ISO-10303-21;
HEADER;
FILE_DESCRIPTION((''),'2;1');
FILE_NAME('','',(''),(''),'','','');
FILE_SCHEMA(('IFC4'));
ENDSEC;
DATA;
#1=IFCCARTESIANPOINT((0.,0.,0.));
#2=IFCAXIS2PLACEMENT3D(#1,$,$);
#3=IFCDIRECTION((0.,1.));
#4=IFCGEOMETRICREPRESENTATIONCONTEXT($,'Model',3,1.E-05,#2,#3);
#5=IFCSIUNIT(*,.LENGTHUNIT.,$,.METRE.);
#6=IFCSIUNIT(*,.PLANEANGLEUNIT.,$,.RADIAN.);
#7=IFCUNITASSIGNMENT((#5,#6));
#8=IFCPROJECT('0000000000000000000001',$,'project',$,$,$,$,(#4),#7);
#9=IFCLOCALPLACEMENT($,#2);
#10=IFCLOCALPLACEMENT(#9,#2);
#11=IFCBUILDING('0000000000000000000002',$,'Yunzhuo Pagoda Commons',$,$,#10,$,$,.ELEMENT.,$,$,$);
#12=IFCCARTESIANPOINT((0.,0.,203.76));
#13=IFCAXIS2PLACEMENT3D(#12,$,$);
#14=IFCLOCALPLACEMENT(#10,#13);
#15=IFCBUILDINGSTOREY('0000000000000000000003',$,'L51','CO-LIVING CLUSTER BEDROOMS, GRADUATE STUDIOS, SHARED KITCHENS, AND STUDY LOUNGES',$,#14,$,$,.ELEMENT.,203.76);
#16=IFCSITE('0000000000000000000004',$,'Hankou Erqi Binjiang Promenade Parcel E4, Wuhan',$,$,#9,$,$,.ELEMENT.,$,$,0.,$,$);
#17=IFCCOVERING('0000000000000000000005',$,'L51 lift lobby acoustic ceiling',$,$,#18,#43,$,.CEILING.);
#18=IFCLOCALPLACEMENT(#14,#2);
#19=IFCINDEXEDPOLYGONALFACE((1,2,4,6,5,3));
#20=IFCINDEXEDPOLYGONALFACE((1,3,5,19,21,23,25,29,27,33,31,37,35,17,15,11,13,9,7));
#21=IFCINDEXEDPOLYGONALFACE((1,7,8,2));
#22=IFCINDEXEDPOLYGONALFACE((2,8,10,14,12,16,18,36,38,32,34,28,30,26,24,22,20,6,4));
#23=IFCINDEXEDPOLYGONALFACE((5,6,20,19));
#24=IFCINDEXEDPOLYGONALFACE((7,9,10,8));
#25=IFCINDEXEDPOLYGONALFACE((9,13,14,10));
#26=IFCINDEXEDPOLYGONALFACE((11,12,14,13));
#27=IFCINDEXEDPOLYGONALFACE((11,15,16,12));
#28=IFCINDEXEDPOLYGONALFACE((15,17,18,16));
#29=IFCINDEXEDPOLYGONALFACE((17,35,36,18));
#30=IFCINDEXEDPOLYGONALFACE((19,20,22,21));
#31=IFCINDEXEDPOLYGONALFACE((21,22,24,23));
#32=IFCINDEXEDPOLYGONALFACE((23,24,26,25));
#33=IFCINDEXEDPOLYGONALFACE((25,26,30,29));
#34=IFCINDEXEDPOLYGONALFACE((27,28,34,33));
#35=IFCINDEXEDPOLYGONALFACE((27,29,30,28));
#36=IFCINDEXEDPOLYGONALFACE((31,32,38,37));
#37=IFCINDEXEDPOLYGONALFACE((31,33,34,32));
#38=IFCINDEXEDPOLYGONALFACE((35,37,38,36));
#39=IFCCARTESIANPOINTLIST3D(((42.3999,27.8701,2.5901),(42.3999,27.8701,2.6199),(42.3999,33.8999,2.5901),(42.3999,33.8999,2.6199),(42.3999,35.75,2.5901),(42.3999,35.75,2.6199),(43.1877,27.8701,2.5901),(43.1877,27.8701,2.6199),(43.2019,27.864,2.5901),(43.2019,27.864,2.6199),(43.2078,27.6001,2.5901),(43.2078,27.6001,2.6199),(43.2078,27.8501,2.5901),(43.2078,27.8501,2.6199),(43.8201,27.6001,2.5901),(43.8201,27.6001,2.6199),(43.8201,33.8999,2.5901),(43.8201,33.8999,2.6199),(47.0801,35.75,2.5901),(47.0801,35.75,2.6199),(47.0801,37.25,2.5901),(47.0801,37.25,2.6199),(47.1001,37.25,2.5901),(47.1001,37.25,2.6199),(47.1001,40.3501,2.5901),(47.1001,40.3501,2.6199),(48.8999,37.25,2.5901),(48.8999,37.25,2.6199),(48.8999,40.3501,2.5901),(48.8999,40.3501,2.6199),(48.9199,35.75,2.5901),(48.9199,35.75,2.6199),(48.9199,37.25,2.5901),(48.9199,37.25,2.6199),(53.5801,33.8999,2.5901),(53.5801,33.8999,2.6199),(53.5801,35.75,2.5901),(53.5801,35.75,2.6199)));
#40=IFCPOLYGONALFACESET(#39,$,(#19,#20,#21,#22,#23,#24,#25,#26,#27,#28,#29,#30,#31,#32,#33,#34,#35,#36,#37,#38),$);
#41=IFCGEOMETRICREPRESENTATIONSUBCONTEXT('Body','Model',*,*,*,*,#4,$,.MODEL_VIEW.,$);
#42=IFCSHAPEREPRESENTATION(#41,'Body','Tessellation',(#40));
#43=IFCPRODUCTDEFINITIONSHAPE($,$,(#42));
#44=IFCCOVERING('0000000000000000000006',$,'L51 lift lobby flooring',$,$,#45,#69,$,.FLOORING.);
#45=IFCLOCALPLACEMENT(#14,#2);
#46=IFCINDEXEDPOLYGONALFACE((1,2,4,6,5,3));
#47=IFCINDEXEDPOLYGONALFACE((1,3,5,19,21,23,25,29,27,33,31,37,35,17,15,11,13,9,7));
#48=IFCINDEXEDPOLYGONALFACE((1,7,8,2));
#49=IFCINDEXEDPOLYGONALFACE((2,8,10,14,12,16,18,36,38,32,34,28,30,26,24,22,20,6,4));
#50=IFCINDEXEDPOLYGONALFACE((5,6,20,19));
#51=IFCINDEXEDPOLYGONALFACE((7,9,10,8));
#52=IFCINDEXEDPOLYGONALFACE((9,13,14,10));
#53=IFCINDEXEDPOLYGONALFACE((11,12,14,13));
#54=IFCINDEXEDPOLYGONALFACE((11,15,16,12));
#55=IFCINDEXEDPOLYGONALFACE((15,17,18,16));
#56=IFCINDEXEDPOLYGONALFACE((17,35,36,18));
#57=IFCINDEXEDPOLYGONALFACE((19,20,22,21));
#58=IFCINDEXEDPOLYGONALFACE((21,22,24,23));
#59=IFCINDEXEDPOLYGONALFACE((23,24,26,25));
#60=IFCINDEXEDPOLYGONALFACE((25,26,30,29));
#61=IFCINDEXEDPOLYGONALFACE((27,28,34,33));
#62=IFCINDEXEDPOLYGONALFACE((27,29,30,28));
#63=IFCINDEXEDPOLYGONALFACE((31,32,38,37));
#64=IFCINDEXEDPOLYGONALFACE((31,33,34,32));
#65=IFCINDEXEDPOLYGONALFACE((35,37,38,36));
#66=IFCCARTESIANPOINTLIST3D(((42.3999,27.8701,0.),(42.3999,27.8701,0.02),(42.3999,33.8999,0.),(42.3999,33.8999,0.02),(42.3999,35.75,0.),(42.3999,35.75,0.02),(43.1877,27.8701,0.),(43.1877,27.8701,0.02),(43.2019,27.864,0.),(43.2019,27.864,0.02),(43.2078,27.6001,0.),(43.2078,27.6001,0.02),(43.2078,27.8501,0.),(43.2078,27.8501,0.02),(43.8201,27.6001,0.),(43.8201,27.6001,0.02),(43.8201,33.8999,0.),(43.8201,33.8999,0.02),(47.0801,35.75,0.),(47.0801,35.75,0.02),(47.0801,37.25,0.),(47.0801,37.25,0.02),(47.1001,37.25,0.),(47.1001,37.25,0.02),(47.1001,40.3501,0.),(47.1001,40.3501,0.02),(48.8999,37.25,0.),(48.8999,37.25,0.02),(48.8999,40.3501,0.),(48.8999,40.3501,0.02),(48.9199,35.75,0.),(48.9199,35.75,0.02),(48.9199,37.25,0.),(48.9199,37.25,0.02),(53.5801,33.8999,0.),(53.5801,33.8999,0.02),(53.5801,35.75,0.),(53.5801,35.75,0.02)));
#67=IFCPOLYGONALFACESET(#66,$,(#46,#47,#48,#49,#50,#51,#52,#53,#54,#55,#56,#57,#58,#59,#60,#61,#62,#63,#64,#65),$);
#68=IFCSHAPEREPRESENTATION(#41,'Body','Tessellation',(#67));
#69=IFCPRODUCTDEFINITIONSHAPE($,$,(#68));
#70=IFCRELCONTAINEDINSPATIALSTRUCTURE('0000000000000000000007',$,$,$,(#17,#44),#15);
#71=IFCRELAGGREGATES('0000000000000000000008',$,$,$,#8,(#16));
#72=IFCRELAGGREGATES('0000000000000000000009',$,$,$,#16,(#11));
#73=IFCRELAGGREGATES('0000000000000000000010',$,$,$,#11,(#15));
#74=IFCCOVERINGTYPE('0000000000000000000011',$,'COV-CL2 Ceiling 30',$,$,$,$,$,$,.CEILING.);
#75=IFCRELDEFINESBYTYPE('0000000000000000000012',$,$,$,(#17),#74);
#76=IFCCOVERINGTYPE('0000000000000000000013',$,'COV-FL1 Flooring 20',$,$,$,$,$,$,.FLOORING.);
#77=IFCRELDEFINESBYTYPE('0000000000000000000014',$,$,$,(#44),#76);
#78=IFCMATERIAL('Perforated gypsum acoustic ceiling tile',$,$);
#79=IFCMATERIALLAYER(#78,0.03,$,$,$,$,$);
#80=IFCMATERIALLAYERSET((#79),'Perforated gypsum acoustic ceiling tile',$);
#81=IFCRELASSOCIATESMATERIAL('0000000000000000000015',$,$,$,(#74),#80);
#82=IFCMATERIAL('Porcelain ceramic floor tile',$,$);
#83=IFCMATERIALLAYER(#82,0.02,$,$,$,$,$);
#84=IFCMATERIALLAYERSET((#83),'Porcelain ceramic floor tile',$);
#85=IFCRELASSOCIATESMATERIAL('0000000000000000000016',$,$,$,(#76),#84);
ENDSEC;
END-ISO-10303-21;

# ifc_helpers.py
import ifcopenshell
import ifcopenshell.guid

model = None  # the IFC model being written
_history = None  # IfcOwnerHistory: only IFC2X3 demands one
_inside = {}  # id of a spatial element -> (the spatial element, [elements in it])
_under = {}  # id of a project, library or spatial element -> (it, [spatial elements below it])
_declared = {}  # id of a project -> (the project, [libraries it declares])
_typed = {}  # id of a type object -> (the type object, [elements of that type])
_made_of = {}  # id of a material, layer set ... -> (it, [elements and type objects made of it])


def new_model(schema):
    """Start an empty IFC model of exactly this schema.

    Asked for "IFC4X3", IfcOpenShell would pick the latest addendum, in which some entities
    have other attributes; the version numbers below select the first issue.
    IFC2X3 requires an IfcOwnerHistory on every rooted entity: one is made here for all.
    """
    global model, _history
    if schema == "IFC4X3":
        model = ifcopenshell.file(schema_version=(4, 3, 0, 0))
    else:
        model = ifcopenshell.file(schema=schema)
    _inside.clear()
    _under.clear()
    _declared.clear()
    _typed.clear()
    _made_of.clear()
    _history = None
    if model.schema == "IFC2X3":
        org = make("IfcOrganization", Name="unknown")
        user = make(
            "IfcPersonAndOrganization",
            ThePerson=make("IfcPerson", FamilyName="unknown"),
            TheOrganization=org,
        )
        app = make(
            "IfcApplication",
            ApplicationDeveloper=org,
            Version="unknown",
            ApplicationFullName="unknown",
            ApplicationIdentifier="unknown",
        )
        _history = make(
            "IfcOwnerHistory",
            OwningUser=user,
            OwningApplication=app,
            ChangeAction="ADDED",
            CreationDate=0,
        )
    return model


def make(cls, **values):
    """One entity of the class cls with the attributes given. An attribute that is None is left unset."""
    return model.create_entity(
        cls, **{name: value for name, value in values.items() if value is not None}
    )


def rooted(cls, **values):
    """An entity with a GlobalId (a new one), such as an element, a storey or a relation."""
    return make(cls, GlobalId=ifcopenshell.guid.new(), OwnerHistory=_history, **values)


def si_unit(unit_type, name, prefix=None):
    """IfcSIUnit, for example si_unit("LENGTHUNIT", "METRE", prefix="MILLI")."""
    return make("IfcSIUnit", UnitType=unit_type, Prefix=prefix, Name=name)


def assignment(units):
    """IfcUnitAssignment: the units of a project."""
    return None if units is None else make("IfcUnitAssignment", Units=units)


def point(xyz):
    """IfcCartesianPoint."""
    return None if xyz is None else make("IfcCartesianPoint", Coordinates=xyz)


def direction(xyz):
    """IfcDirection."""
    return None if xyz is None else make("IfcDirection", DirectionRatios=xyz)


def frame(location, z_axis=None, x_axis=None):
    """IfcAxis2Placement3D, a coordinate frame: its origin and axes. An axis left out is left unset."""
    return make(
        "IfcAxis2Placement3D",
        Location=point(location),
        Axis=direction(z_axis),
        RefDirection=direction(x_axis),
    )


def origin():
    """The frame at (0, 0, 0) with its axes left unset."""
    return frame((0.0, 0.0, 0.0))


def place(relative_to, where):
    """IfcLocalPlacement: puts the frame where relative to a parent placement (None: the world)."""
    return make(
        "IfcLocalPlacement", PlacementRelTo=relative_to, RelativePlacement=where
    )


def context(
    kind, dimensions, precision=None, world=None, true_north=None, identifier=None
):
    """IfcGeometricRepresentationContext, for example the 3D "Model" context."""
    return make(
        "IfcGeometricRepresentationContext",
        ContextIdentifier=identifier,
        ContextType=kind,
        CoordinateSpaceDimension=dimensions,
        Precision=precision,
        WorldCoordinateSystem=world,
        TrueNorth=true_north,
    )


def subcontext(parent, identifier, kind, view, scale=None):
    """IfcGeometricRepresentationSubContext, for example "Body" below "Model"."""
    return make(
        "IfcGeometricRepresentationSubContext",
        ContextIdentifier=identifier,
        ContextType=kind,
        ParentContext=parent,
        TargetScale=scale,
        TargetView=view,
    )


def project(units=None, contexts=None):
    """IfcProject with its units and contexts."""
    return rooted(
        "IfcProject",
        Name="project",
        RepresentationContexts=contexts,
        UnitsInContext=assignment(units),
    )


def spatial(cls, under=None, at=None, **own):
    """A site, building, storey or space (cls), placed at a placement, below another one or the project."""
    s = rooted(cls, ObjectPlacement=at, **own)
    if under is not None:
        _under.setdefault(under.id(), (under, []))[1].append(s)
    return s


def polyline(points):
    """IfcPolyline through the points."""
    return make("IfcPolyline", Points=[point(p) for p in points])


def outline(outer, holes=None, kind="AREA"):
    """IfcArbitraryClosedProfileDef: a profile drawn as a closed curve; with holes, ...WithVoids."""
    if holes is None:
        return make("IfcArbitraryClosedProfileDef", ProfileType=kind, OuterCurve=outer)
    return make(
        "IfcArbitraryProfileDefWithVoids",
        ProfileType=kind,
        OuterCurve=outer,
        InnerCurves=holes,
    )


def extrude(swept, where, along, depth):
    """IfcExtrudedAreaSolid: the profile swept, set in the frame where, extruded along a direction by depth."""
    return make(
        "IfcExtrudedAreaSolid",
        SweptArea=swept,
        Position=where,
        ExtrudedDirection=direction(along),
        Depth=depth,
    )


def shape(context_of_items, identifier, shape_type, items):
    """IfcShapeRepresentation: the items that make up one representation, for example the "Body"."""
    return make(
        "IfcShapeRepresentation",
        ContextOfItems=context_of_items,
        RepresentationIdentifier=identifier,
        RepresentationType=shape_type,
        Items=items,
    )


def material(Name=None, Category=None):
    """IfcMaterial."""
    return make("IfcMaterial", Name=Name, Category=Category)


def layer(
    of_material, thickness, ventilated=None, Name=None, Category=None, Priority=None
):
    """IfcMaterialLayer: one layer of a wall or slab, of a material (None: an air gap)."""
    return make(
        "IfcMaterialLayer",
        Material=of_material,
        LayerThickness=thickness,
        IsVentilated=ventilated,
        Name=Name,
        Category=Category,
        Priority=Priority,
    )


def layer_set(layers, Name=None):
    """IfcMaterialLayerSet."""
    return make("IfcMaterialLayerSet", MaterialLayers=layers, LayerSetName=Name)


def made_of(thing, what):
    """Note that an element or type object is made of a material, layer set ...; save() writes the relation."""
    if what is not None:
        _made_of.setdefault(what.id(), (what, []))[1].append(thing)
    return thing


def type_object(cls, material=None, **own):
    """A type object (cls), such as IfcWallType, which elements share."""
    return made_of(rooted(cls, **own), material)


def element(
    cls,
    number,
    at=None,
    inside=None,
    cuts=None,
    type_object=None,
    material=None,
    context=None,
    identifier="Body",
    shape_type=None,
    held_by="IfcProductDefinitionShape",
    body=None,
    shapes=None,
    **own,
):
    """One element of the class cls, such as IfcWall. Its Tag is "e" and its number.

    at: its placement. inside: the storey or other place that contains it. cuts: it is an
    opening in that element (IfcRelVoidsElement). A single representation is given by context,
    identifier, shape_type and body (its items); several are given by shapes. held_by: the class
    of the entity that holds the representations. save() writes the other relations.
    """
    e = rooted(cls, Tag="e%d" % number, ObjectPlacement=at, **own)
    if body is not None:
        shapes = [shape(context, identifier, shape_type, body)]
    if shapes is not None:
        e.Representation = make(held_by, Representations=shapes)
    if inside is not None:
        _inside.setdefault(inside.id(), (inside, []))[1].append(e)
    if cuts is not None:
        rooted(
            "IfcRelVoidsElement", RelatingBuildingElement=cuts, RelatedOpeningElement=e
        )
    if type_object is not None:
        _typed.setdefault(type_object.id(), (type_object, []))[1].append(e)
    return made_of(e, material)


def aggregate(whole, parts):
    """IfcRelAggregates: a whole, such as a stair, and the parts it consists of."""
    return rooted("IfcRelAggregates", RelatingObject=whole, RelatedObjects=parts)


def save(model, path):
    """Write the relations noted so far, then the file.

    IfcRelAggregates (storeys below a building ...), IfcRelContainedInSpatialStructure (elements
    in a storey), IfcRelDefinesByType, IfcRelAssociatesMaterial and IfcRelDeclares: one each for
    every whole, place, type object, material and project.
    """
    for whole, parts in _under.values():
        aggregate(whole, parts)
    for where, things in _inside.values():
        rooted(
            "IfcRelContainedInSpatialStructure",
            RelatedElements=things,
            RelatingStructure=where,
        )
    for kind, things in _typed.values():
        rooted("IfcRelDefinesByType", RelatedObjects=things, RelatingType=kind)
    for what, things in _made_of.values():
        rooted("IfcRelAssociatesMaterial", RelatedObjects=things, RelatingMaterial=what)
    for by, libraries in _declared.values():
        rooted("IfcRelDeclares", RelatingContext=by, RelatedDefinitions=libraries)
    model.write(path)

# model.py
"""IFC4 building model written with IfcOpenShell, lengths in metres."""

from ifc_helpers import new_model, si_unit, direction, frame, origin, place, context, subcontext, project, spatial, polyline, outline, extrude, material, layer, layer_set, type_object, element, save


model = new_model("IFC4")

# Units and contexts
model_context = context("Model", 3, precision=1e-05, world=origin(), true_north=direction((0.0, 1.0)))
body_context = subcontext(model_context, "Body", "Model", "MODEL_VIEW")
ifc_project = project(units=[si_unit("LENGTHUNIT", "METRE"), si_unit("PLANEANGLEUNIT", "RADIAN")], contexts=[model_context])

# Site, building, storey
site_placement = place(None, origin())
site = spatial("IfcSite", under=ifc_project, at=site_placement, Name="Hankou Erqi Binjiang Promenade Parcel E4, Wuhan", CompositionType="ELEMENT", RefElevation=0.0)
building_placement = place(site_placement, origin())
building = spatial("IfcBuilding", under=site, at=building_placement, Name="Yunzhuo Pagoda Commons", CompositionType="ELEMENT")
storey_placement = place(building_placement, frame((0.0, 0.0, 203.76)))
storey = spatial("IfcBuildingStorey", under=building, at=storey_placement, Name="L51", Description="CO-LIVING CLUSTER BEDROOMS, GRADUATE STUDIOS, SHARED KITCHENS, AND STUDY LOUNGES", CompositionType="ELEMENT", Elevation=203.76)

# Coverings
ifc_material_1 = material(Name="Perforated gypsum acoustic ceiling tile")
ifc_layer_1 = layer(ifc_material_1, 0.03)
ifc_layer_set_1 = layer_set([ifc_layer_1], Name="Perforated gypsum acoustic ceiling tile")
covering_type_1 = type_object("IfcCoveringType", Name="COV-CL2 Ceiling 30", PredefinedType="CEILING", material=ifc_layer_set_1)
covering_1_placement = place(storey_placement, frame((0.0, 0.0, 2.5901)))
element("IfcCovering", 1, at=covering_1_placement, inside=storey, type_object=covering_type_1, Name="L51 lift lobby acoustic ceiling", PredefinedType="CEILING", context=body_context, shape_type="SweptSolid", body=[
    extrude(outline(polyline([(42.3999, 35.75), (47.0801, 35.75), (47.0801, 37.25), (47.1001, 37.25), (47.1001, 40.3501), (48.8999, 40.3501), (48.8999, 37.25), (48.9199, 37.25), (48.9199, 35.75), (53.5801, 35.75), (53.5801, 33.8999), (43.8201, 33.8999), (43.8201, 27.6001), (43.2078, 27.6001), (43.2078, 27.8501), (43.2019, 27.864), (43.1877, 27.8701), (42.3999, 27.8701), (42.3999, 33.8999), (42.3999, 35.75)])), origin(), (0.0, 0.0, 1.0), 0.0298),
])
ifc_material_2 = material(Name="Porcelain ceramic floor tile")
ifc_layer_2 = layer(ifc_material_2, 0.02)
ifc_layer_set_2 = layer_set([ifc_layer_2], Name="Porcelain ceramic floor tile")
covering_type_2 = type_object("IfcCoveringType", Name="COV-FL1 Flooring 20", PredefinedType="FLOORING", material=ifc_layer_set_2)
covering_2_placement = place(storey_placement, origin())
element("IfcCovering", 2, at=covering_2_placement, inside=storey, type_object=covering_type_2, Name="L51 lift lobby flooring", PredefinedType="FLOORING", context=body_context, shape_type="SweptSolid", body=[
    extrude(outline(polyline([(42.3999, 35.75), (47.0801, 35.75), (47.0801, 37.25), (47.1001, 37.25), (47.1001, 40.3501), (48.8999, 40.3501), (48.8999, 37.25), (48.9199, 37.25), (48.9199, 35.75), (53.5801, 35.75), (53.5801, 33.8999), (43.8201, 33.8999), (43.8201, 27.6001), (43.2078, 27.6001), (43.2078, 27.8501), (43.2019, 27.864), (43.1877, 27.8701), (42.3999, 27.8701), (42.3999, 33.8999), (42.3999, 35.75)])), origin(), (0.0, 0.0, 1.0), 0.02),
])

save(model, "model.ifc")
